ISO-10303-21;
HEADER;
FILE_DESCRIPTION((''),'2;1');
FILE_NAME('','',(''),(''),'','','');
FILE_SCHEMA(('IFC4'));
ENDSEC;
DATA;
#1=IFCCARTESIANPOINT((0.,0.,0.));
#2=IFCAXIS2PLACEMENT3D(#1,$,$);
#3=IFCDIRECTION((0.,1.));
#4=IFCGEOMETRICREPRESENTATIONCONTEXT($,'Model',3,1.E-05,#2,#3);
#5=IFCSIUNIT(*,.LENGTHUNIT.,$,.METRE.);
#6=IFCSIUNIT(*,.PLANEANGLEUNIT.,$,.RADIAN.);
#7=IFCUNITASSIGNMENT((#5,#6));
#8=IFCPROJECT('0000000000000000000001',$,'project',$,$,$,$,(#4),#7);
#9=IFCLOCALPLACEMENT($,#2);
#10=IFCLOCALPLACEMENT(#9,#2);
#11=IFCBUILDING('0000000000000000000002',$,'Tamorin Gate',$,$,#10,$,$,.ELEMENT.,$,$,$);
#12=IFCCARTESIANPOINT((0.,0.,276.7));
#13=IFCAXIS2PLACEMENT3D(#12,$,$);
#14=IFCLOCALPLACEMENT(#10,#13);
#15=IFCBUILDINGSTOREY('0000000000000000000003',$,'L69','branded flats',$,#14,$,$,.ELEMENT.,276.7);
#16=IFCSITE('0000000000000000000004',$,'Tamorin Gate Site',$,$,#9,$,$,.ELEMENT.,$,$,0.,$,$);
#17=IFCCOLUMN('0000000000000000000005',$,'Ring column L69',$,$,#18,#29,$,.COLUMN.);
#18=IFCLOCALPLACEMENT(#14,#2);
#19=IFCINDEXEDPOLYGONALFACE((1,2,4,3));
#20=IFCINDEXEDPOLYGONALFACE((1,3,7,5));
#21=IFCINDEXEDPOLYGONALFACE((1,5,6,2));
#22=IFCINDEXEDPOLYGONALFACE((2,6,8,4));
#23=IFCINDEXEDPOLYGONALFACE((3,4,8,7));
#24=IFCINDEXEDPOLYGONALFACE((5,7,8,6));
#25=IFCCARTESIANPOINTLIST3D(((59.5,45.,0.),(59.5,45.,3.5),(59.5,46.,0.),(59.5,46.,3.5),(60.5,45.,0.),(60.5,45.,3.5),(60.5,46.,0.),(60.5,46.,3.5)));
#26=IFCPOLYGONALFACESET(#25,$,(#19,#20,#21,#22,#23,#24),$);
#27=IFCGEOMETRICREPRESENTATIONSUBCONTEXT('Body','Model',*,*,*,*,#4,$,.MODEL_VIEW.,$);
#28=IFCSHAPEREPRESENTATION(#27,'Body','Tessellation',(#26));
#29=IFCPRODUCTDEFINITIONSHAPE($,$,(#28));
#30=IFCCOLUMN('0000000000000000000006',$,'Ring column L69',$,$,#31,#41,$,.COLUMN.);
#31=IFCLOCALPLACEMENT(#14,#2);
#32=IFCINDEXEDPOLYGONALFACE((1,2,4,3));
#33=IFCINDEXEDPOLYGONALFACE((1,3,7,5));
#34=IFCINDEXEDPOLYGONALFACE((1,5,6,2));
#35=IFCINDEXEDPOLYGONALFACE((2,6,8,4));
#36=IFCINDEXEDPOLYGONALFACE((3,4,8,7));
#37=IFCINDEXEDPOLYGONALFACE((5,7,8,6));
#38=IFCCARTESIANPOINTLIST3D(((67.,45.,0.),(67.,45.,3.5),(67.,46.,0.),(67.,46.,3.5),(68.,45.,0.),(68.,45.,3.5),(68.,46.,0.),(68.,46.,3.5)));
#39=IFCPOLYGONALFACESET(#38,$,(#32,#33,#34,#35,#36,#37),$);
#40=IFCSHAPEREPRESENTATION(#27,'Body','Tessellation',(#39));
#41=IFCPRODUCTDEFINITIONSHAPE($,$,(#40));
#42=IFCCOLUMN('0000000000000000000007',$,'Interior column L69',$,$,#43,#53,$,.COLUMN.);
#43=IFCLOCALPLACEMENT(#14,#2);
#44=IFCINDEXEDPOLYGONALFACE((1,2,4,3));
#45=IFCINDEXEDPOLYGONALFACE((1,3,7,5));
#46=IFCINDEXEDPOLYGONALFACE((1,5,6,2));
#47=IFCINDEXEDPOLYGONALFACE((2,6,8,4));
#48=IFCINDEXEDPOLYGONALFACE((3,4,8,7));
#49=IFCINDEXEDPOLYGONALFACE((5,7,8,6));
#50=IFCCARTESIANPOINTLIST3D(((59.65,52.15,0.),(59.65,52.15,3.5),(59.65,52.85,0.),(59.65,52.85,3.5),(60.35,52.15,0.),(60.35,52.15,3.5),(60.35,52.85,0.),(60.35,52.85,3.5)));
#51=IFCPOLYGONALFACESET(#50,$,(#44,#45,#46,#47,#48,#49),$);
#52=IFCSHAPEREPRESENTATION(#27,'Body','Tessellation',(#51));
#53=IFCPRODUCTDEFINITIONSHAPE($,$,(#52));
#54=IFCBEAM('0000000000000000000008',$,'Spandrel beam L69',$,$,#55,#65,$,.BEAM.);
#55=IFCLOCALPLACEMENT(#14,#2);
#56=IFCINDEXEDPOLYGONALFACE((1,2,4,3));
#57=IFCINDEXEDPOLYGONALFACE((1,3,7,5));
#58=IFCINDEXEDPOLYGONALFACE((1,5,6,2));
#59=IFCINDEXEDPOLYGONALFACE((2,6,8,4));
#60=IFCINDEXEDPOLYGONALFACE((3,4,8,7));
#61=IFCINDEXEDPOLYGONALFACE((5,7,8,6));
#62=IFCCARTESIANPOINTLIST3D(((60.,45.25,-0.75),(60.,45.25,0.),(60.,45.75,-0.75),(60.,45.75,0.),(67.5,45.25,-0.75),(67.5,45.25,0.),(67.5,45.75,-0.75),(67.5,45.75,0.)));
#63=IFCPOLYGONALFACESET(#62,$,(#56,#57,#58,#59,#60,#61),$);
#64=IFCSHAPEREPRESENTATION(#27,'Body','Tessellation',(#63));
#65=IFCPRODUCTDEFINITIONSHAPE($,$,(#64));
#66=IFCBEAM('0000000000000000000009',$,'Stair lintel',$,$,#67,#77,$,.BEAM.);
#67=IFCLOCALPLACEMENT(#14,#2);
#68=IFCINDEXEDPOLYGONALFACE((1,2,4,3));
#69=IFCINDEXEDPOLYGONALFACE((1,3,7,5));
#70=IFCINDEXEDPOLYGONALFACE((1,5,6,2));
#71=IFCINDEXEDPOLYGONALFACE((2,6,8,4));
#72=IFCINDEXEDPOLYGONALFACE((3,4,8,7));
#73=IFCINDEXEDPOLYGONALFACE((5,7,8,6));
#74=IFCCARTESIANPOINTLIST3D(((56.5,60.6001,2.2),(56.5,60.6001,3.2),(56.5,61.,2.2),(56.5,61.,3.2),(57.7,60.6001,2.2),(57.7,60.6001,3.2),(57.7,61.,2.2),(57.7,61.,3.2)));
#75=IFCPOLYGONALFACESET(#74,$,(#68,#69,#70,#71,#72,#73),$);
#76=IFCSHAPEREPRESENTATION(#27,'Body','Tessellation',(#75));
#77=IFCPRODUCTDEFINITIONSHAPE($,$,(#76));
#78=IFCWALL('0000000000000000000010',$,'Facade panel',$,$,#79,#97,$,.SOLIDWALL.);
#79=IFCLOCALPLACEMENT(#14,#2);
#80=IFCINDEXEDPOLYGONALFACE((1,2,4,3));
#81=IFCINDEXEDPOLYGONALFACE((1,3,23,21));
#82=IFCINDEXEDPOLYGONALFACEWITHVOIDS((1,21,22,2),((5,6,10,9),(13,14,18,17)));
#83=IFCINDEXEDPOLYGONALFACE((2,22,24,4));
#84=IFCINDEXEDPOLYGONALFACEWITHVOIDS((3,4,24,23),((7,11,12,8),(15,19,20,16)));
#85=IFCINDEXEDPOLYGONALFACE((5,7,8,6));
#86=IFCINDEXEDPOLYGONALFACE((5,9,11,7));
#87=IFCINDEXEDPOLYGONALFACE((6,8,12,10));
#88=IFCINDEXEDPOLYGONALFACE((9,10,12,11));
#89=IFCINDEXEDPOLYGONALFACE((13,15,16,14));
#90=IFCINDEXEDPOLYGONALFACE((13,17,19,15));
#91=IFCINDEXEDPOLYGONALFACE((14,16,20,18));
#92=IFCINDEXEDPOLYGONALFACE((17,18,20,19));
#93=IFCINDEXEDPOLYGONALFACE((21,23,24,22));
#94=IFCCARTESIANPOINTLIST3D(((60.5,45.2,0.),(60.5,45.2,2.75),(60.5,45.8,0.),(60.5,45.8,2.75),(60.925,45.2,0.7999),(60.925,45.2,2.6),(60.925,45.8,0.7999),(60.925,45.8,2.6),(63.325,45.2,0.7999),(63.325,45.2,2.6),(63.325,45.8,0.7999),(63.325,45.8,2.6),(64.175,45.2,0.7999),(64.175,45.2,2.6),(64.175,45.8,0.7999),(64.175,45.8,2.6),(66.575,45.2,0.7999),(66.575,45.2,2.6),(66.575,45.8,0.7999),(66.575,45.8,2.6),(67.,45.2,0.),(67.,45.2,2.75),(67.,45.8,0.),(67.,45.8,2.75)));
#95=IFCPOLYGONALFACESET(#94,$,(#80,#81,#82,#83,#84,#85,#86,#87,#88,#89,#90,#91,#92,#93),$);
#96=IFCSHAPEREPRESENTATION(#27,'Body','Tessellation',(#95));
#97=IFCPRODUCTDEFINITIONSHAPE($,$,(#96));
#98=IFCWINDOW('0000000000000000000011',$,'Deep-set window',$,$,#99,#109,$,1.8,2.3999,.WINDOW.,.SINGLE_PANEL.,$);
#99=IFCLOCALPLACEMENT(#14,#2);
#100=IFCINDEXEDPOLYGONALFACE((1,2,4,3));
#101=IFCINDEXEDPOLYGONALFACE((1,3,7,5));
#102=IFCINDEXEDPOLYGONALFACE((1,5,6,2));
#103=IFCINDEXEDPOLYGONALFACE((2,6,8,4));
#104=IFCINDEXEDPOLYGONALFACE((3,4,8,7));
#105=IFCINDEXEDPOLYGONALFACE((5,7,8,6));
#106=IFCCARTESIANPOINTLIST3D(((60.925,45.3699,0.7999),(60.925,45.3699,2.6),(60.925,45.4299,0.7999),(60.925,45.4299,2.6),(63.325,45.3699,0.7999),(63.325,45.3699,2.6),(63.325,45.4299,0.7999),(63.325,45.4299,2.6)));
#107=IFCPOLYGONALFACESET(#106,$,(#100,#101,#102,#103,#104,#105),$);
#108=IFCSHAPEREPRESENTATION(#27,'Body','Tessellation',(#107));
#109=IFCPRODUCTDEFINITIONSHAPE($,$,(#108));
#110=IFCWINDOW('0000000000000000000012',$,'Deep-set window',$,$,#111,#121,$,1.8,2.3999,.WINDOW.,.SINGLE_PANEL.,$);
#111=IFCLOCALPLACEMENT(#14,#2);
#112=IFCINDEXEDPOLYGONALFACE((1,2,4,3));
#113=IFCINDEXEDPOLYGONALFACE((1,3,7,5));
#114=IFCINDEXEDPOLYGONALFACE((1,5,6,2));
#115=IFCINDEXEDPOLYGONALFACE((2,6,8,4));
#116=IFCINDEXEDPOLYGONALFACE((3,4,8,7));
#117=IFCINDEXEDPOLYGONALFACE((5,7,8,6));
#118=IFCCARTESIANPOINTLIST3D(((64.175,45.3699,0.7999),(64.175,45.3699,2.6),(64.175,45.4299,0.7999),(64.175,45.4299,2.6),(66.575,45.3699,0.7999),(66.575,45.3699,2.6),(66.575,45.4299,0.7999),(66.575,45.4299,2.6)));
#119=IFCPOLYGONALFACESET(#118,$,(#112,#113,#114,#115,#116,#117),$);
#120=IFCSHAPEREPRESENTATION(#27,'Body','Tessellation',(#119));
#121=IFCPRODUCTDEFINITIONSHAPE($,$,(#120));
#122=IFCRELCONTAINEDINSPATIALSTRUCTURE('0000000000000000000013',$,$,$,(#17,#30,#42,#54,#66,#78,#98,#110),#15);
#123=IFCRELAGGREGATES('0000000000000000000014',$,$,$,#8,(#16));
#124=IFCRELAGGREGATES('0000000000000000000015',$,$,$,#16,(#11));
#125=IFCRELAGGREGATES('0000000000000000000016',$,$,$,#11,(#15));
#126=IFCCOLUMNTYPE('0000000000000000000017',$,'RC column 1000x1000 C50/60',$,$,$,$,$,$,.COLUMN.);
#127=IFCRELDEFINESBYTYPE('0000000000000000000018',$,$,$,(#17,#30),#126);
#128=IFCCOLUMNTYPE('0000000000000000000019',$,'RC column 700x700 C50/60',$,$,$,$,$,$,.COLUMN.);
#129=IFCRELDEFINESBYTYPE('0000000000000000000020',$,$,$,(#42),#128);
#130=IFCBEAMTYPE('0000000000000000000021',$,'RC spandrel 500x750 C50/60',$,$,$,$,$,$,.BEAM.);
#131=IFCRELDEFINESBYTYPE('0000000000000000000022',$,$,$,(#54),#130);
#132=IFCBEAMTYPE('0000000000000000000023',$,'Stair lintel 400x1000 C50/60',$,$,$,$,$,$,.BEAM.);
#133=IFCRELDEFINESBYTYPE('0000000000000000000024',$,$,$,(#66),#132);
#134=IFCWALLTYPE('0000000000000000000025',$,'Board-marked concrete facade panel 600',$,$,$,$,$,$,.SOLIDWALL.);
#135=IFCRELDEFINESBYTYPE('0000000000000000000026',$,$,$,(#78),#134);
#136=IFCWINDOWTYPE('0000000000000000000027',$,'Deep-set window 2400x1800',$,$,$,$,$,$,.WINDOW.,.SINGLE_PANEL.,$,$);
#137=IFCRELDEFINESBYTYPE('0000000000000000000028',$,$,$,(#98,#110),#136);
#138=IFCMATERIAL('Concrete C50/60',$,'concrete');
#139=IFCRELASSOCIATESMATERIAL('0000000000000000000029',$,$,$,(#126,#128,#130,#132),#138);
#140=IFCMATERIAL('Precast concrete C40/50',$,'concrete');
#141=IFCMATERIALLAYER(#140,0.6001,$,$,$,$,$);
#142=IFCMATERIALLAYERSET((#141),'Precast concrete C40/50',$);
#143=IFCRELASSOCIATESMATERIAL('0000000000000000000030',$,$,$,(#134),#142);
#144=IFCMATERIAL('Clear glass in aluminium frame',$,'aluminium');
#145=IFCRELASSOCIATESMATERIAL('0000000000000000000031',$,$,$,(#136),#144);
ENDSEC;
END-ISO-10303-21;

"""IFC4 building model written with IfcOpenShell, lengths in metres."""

from ifc_helpers import new_model, si_unit, direction, frame, frame_2d, origin, origin_2d, place, context, subcontext, project, spatial, rectangle, extrude, material, layer, layer_set, material_profile, profile_set, type_object, element, fill, save


model = new_model("IFC4")

# Units and contexts
model_context = context("Model", 3, precision=1e-05, world=origin(), true_north=direction((0.0, 1.0)))
body_context = subcontext(model_context, "Body", "Model", "MODEL_VIEW")
ifc_project = project(units=[si_unit("LENGTHUNIT", "METRE"), si_unit("PLANEANGLEUNIT", "RADIAN")], contexts=[model_context])

# Site, building, storey
site_placement = place(None, origin())
site = spatial("IfcSite", under=ifc_project, at=site_placement, Name="Tamorin Gate Site", CompositionType="ELEMENT", RefElevation=0.0)
building_placement = place(site_placement, origin())
building = spatial("IfcBuilding", under=site, at=building_placement, Name="Tamorin Gate", CompositionType="ELEMENT")
storey_placement = place(building_placement, frame((0.0, 0.0, 276.7)))
storey = spatial("IfcBuildingStorey", under=building, at=storey_placement, Name="L69", Description="branded flats", CompositionType="ELEMENT", Elevation=276.7)

# Columns
ifc_material_1 = material(Name="Concrete C50/60", Category="concrete")
ifc_material_profile_1 = material_profile(ifc_material_1, rectangle(XDim=1.0, YDim=1.0, at=origin_2d()), Name="RC 1000x1000")
ifc_profile_set_1 = profile_set([ifc_material_profile_1], Name="Concrete C50/60")
column_type_1 = type_object("IfcColumnType", Name="RC column 1000x1000 C50/60", PredefinedType="COLUMN", material=ifc_profile_set_1)
for number, where, z_axis, x_axis, name in (
    (1, (60.0, 45.5, 0.0), (0.0, 0.0, 1.0), (1.0, 0.0, 0.0), "Ring column L69"),
    (2, (67.5, 45.5, 0.0), (0.0, 0.0, 1.0), (1.0, 0.0, 0.0), "Ring column L69"),
):
    element("IfcColumn", number, at=place(storey_placement, frame(where, z_axis=z_axis, x_axis=x_axis)), inside=storey, type_object=column_type_1, Name=name, PredefinedType="COLUMN", context=body_context, shape_type="SweptSolid", body=[
        extrude(rectangle(XDim=1.0, YDim=1.0, at=origin_2d()), origin(), (0.0, 0.0, 1.0), 3.5),
    ])
ifc_material_profile_2 = material_profile(ifc_material_1, rectangle(XDim=0.7, YDim=0.7, at=origin_2d()), Name="RC 700x700")
ifc_profile_set_2 = profile_set([ifc_material_profile_2], Name="Concrete C50/60")
column_type_2 = type_object("IfcColumnType", Name="RC column 700x700 C50/60", PredefinedType="COLUMN", material=ifc_profile_set_2)
column_placement = place(storey_placement, frame((60.0, 52.5, 0.0), z_axis=(0.0, 0.0, 1.0), x_axis=(1.0, 0.0, 0.0)))
element("IfcColumn", 3, at=column_placement, inside=storey, type_object=column_type_2, Name="Interior column L69", PredefinedType="COLUMN", context=body_context, shape_type="SweptSolid", body=[
    extrude(rectangle(XDim=0.7, YDim=0.7, at=origin_2d()), origin(), (0.0, 0.0, 1.0), 3.5),
])

# Beams
ifc_material_profile_3 = material_profile(ifc_material_1, rectangle(XDim=0.5, YDim=0.75, at=origin_2d()), Name="RC 500x750")
ifc_profile_set_3 = profile_set([ifc_material_profile_3], Name="Concrete C50/60")
beam_type_1 = type_object("IfcBeamType", Name="RC spandrel 500x750 C50/60", PredefinedType="BEAM", material=ifc_profile_set_3)
beam_1_placement = place(storey_placement, frame((60.0, 45.5, -0.375), z_axis=(1.0, 0.0, 0.0), x_axis=(0.0, 1.0, 0.0)))
element("IfcBeam", 4, at=beam_1_placement, inside=storey, type_object=beam_type_1, Name="Spandrel beam L69", PredefinedType="BEAM", context=body_context, shape_type="SweptSolid", body=[
    extrude(rectangle(XDim=0.5, YDim=0.75, at=origin_2d()), origin(), (0.0, 0.0, 1.0), 7.5),
])
ifc_material_profile_4 = material_profile(ifc_material_1, rectangle(XDim=0.3999, YDim=1.0, at=origin_2d()))
ifc_profile_set_4 = profile_set([ifc_material_profile_4], Name="Concrete C50/60")
beam_type_2 = type_object("IfcBeamType", Name="Stair lintel 400x1000 C50/60", PredefinedType="BEAM", material=ifc_profile_set_4)
beam_2_placement = place(storey_placement, frame((56.5, 60.8, 2.7), z_axis=(1.0, 0.0, 0.0), x_axis=(0.0, 1.0, 0.0)))
element("IfcBeam", 5, at=beam_2_placement, inside=storey, type_object=beam_type_2, Name="Stair lintel", PredefinedType="BEAM", context=body_context, shape_type="SweptSolid", body=[
    extrude(rectangle(XDim=0.3999, YDim=1.0, at=origin_2d()), origin(), (0.0, 0.0, 1.0), 1.2),
])

# Wall, openings, windows
ifc_material_2 = material(Name="Precast concrete C40/50", Category="concrete")
ifc_layer_1 = layer(ifc_material_2, 0.6001)
ifc_layer_set_1 = layer_set([ifc_layer_1], Name="Precast concrete C40/50")
wall_type_1 = type_object("IfcWallType", Name="Board-marked concrete facade panel 600", PredefinedType="SOLIDWALL", material=ifc_layer_set_1)
wall_1_placement = place(storey_placement, frame((60.5, 45.5, 0.0), z_axis=(0.0, 0.0, 1.0), x_axis=(1.0, 0.0, 0.0)))
wall_1 = element("IfcWall", 6, at=wall_1_placement, inside=storey, type_object=wall_type_1, Name="Facade panel", PredefinedType="SOLIDWALL", context=body_context, shape_type="SweptSolid", body=[
    extrude(rectangle(XDim=6.5, YDim=0.6001, at=frame_2d((3.25, 0.0))), origin(), (0.0, 0.0, 1.0), 2.75),
])
opening_1_placement = place(wall_1_placement, frame((0.425, 0.0, 0.8)))
opening_1 = element("IfcOpeningElement", 7, at=opening_1_placement, cuts=wall_1, PredefinedType="OPENING", context=body_context, shape_type="SweptSolid", body=[
    extrude(rectangle(XDim=2.3999, YDim=1.8, at=frame_2d((1.2, 0.8999))), frame((0.0, 0.3101, 0.0), z_axis=(0.0, -1.0, 0.0), x_axis=(1.0, 0.0, 0.0)), (0.0, 0.0, 1.0), 0.6201),
])
opening_2_placement = place(wall_1_placement, frame((3.675, 0.0, 0.8)))
opening_2 = element("IfcOpeningElement", 8, at=opening_2_placement, cuts=wall_1, PredefinedType="OPENING", context=body_context, shape_type="SweptSolid", body=[
    extrude(rectangle(XDim=2.3999, YDim=1.8, at=frame_2d((1.2, 0.8999))), frame((0.0, 0.3101, 0.0), z_axis=(0.0, -1.0, 0.0), x_axis=(1.0, 0.0, 0.0)), (0.0, 0.0, 1.0), 0.6201),
])
ifc_material_3 = material(Name="Clear glass in aluminium frame", Category="aluminium")
window_type = type_object("IfcWindowType", Name="Deep-set window 2400x1800", PartitioningType="SINGLE_PANEL", PredefinedType="WINDOW", material=ifc_material_3)
window_1_placement = place(opening_1_placement, origin())
window_1 = element("IfcWindow", 9, at=window_1_placement, inside=storey, type_object=window_type, Name="Deep-set window", OverallHeight=1.8, OverallWidth=2.3999, PartitioningType="SINGLE_PANEL", PredefinedType="WINDOW", context=body_context, shape_type="SweptSolid", body=[
    extrude(rectangle(XDim=2.3999, YDim=1.8, at=frame_2d((1.2, 0.8999))), frame((0.0, -0.0701, 0.0), z_axis=(0.0, -1.0, 0.0), x_axis=(1.0, 0.0, 0.0)), (0.0, 0.0, 1.0), 0.0601),
])
fill(opening_1, window_1)
window_2_placement = place(opening_2_placement, origin())
window_2 = element("IfcWindow", 10, at=window_2_placement, inside=storey, type_object=window_type, Name="Deep-set window", OverallHeight=1.8, OverallWidth=2.3999, PartitioningType="SINGLE_PANEL", PredefinedType="WINDOW", context=body_context, shape_type="SweptSolid", body=[
    extrude(rectangle(XDim=2.3999, YDim=1.8, at=frame_2d((1.2, 0.8999))), frame((0.0, -0.0701, 0.0), z_axis=(0.0, -1.0, 0.0), x_axis=(1.0, 0.0, 0.0)), (0.0, 0.0, 1.0), 0.0601),
])
fill(opening_2, window_2)

save(model, "model.ifc")
